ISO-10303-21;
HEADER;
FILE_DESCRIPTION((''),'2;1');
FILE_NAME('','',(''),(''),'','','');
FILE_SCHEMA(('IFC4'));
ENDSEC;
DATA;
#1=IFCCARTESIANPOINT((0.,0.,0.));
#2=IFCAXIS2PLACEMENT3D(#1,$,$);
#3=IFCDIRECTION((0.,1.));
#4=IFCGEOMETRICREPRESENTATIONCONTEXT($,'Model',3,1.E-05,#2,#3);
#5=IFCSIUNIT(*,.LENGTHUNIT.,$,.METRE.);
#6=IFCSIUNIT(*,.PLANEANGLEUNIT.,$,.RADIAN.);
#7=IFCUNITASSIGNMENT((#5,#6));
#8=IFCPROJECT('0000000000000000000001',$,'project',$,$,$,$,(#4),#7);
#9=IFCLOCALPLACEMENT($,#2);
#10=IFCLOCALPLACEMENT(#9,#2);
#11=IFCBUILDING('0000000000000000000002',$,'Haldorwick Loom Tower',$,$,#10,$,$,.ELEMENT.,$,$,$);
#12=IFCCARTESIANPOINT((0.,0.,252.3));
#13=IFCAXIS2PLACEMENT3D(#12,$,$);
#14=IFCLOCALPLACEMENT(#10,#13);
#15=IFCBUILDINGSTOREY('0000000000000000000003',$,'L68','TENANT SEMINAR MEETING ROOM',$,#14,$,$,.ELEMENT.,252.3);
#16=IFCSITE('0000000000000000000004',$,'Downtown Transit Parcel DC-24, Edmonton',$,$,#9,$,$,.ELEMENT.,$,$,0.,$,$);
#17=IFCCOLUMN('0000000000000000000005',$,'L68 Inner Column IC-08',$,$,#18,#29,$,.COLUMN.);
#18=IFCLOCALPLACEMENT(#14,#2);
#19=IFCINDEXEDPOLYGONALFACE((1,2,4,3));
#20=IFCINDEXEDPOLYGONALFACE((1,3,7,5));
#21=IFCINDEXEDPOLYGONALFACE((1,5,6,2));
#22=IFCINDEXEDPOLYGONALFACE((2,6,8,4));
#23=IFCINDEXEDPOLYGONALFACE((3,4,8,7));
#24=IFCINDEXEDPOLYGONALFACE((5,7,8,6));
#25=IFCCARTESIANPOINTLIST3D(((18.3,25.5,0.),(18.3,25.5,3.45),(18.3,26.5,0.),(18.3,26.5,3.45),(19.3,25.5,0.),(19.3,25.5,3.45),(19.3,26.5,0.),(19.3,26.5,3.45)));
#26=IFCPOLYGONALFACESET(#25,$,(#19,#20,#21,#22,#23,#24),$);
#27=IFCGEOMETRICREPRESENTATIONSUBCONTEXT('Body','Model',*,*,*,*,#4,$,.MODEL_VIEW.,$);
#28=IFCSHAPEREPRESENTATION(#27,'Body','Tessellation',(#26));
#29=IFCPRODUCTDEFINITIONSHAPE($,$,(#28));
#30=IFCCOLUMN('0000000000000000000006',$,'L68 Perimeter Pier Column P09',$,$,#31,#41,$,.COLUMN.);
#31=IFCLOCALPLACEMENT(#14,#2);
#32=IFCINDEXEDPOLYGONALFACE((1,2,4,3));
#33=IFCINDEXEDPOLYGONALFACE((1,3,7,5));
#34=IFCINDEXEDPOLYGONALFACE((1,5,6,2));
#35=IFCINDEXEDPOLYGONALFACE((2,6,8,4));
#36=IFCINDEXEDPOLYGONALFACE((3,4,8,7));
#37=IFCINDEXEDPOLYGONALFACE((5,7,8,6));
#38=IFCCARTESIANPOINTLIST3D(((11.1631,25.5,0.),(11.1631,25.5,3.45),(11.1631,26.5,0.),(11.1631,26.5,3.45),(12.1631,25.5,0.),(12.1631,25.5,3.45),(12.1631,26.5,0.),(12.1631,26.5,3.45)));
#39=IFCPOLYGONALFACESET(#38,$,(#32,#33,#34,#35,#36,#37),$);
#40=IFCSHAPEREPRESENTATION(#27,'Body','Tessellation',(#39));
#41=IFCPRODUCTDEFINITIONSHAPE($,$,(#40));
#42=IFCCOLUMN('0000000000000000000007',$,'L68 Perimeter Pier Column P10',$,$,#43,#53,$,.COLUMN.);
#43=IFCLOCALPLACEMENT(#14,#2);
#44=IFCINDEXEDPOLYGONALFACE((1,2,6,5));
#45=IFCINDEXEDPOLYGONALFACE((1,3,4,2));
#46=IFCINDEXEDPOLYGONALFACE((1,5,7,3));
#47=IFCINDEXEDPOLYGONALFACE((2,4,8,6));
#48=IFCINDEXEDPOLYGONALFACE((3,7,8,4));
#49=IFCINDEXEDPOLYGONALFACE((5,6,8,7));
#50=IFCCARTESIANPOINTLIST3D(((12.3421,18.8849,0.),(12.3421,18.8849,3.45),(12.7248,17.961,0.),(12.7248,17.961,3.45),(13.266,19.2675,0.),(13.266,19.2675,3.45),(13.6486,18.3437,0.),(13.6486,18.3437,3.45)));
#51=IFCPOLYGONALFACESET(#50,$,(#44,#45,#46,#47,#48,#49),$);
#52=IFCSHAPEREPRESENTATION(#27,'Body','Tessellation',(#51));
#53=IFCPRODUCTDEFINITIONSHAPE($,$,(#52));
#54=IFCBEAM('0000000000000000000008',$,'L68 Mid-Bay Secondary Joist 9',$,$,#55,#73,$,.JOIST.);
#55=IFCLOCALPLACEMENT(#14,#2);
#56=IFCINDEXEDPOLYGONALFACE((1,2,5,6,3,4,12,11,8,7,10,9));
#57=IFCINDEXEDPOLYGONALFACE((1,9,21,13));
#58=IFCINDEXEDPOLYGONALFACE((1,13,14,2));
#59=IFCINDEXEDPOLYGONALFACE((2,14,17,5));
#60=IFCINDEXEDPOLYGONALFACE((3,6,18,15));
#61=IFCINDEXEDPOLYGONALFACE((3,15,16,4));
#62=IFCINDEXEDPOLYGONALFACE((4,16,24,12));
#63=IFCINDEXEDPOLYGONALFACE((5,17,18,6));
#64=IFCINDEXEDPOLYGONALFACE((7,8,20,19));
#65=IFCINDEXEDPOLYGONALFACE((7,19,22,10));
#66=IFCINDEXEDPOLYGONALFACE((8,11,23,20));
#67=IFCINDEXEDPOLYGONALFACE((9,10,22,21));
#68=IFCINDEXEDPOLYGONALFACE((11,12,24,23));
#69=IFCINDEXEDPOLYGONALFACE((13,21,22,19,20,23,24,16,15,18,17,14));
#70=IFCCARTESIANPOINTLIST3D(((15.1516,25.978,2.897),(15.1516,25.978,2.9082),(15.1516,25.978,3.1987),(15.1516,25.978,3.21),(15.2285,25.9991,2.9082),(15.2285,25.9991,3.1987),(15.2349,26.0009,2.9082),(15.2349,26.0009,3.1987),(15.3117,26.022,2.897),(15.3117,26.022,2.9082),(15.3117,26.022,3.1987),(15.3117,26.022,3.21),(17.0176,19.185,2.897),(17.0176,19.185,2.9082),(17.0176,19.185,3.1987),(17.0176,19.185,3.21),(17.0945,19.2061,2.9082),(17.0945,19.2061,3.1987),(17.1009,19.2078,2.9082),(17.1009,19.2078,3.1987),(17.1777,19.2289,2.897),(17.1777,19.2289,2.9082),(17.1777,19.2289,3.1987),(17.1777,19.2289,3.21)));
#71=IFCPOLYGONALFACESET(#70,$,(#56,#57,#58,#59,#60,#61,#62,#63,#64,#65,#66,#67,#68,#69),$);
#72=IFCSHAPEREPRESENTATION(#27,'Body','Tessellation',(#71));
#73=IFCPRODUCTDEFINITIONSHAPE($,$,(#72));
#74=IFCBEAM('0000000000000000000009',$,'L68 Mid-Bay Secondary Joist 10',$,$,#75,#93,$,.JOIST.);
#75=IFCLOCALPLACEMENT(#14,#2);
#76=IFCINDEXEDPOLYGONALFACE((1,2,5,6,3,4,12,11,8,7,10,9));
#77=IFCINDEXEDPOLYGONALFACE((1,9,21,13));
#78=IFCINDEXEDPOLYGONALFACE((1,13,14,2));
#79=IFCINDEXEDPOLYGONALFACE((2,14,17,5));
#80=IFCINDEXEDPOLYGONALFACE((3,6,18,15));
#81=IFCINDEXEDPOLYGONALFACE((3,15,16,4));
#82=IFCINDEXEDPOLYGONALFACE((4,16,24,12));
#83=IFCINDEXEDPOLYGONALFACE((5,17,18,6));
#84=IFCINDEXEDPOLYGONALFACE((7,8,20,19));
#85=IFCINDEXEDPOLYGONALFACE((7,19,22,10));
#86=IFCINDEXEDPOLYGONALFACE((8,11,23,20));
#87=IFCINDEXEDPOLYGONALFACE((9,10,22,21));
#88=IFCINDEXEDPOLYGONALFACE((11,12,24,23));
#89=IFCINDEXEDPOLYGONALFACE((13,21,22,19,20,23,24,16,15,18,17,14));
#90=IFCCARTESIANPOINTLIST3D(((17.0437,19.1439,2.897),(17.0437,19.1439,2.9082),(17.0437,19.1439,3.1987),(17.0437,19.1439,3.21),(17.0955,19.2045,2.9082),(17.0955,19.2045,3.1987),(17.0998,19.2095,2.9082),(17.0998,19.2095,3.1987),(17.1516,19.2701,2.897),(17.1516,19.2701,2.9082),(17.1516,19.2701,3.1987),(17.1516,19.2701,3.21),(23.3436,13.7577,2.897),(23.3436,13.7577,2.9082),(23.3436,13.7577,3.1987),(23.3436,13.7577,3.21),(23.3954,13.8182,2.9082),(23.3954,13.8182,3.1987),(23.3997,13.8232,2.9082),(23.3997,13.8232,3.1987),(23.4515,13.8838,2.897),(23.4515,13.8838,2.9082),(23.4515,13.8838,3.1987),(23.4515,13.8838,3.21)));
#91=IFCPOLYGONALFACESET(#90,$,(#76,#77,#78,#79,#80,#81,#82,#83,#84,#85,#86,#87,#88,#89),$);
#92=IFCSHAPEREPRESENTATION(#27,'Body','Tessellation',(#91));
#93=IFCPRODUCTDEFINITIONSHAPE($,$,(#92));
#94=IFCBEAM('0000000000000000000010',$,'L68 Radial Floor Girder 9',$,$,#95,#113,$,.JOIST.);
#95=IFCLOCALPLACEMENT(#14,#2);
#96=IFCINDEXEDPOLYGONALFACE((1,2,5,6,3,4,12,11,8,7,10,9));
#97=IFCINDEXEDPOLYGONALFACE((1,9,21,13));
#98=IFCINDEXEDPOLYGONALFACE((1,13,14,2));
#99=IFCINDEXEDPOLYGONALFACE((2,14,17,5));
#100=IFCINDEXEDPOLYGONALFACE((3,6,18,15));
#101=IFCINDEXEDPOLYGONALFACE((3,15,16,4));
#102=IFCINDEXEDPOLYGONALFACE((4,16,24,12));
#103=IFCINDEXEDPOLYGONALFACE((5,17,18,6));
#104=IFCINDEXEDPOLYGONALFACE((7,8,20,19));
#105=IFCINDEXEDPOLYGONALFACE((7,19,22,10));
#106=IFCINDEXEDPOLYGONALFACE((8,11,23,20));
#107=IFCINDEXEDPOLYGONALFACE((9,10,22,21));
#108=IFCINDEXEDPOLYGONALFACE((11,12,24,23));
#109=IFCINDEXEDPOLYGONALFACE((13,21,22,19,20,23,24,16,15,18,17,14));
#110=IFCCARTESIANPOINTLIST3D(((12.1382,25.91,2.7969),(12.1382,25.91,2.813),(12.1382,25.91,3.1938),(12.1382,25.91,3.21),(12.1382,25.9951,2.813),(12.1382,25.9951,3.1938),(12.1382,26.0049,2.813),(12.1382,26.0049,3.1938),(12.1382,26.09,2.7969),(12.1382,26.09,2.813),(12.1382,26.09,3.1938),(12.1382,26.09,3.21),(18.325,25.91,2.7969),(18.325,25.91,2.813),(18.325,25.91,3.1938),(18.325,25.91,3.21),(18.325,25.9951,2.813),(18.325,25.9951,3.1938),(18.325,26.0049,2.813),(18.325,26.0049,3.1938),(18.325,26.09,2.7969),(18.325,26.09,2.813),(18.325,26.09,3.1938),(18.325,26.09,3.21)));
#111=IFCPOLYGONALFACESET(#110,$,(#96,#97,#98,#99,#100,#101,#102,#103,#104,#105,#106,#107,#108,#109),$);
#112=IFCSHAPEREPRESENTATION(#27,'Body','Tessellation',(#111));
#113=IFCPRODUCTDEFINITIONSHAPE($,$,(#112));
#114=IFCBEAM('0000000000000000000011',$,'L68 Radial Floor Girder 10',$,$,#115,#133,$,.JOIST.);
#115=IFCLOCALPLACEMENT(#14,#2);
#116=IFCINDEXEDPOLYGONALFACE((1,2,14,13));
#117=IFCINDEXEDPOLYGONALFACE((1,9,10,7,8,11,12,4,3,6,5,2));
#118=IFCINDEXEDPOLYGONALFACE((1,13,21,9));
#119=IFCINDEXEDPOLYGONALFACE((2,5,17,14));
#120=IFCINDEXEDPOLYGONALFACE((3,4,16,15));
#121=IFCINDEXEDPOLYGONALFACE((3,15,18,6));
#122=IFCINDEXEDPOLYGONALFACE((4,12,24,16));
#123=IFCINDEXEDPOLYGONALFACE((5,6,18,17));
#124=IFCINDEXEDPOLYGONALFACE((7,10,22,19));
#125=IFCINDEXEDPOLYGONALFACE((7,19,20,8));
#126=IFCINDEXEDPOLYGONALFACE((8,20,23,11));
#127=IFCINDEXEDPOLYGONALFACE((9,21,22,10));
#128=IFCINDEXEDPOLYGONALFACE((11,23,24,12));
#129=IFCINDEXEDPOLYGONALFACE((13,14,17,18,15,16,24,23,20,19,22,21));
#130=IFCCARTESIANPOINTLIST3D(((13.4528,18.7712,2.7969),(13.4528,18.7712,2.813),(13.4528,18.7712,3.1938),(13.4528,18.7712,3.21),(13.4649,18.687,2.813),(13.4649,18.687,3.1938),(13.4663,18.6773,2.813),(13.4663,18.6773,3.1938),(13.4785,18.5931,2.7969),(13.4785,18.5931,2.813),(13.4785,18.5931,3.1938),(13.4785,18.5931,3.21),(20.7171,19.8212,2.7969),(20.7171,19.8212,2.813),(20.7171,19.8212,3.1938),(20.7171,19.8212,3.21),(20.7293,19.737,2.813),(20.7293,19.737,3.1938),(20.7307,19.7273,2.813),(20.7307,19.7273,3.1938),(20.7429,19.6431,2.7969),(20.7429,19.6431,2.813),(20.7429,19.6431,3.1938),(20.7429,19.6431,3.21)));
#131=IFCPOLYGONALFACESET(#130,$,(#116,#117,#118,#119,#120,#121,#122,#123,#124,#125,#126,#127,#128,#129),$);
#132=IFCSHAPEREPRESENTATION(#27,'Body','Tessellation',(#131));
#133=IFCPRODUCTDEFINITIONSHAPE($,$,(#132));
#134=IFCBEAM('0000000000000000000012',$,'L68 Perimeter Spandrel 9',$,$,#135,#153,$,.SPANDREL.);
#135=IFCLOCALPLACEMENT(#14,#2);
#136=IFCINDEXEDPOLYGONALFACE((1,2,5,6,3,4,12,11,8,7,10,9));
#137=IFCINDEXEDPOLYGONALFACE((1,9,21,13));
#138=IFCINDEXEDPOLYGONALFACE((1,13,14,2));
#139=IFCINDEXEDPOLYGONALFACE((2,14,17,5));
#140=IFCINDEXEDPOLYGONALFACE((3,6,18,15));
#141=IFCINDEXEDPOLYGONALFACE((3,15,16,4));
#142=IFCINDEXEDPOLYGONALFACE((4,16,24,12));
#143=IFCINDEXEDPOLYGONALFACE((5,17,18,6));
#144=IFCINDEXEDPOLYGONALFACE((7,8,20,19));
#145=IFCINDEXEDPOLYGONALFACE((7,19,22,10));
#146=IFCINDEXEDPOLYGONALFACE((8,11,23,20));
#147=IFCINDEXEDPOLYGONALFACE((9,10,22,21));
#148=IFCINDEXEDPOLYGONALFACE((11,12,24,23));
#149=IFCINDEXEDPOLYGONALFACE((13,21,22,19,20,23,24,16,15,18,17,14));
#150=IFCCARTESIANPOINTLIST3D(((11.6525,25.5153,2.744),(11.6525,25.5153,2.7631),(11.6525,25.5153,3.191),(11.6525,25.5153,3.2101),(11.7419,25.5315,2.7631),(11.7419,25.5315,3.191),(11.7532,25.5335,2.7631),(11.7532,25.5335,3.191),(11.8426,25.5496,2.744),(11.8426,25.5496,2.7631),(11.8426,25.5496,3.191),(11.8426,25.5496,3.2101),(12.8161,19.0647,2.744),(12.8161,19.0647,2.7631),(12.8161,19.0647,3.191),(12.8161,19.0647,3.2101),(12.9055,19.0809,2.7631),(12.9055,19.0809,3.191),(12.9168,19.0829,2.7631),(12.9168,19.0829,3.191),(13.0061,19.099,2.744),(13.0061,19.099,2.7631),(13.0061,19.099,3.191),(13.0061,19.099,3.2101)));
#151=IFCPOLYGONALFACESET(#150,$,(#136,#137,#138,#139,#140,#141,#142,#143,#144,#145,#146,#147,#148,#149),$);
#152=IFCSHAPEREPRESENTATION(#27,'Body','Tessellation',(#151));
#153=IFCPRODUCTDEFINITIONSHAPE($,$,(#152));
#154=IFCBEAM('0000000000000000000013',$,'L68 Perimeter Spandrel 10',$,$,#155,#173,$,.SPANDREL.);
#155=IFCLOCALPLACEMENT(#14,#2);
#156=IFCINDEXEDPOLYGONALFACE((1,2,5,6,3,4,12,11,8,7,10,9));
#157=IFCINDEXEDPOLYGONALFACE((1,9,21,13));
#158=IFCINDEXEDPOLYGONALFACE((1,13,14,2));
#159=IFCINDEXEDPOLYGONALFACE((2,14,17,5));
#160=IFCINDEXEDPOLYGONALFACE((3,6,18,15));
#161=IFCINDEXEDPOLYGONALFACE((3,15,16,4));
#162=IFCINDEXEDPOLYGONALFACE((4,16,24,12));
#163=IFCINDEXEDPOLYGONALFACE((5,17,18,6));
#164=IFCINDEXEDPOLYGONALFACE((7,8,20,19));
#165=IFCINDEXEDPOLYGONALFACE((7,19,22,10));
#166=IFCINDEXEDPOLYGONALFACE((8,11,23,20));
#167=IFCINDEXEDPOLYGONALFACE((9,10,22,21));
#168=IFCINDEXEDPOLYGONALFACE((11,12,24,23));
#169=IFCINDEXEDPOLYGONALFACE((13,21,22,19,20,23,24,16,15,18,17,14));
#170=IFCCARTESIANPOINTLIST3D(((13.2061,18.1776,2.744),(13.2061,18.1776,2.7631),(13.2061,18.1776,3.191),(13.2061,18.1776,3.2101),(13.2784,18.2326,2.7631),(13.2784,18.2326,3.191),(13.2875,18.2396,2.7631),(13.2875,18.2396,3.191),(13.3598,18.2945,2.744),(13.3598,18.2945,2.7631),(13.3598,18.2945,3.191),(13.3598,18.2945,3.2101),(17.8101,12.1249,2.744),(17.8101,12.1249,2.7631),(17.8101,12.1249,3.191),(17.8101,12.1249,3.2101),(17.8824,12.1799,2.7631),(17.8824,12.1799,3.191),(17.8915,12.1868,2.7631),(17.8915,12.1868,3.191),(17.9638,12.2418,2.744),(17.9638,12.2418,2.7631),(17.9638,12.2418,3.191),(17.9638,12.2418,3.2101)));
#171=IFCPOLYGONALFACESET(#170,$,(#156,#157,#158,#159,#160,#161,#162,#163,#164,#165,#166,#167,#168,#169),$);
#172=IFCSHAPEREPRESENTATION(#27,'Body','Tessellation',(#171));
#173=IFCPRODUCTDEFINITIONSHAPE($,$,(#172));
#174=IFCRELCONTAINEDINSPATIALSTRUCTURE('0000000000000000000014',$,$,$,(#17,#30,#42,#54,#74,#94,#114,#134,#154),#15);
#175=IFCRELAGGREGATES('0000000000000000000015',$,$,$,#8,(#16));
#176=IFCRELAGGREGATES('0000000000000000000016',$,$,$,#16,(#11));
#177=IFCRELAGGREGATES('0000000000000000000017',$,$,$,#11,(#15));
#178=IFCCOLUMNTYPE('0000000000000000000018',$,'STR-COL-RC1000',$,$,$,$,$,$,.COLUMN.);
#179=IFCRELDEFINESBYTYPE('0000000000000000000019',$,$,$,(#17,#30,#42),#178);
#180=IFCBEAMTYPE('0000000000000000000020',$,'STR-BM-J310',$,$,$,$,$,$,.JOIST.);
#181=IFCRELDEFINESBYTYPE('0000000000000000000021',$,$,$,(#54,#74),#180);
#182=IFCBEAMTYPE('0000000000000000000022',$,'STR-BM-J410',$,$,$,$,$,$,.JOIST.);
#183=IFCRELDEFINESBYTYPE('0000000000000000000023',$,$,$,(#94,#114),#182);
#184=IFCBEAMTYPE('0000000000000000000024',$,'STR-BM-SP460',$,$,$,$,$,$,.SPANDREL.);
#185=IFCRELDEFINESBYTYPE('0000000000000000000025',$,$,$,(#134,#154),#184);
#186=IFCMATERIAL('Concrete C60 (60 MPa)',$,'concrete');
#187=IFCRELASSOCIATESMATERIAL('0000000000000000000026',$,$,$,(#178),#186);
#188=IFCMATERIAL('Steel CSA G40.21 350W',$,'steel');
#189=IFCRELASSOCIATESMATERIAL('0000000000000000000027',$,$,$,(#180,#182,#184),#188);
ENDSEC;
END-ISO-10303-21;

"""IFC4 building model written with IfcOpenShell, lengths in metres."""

from ifc_helpers import new_model, si_unit, direction, frame, origin, origin_2d, place, context, subcontext, project, spatial, rectangle, i_section, extrude, material, material_profile, profile_set, type_object, element, save


model = new_model("IFC4")

# Units and contexts
model_context = context("Model", 3, precision=1e-05, world=origin(), true_north=direction((0.0, 1.0)))
body_context = subcontext(model_context, "Body", "Model", "MODEL_VIEW")
ifc_project = project(units=[si_unit("LENGTHUNIT", "METRE"), si_unit("PLANEANGLEUNIT", "RADIAN")], contexts=[model_context])

# Site, building, storey
site_placement = place(None, origin())
site = spatial("IfcSite", under=ifc_project, at=site_placement, Name="Downtown Transit Parcel DC-24, Edmonton", CompositionType="ELEMENT", RefElevation=0.0)
building_placement = place(site_placement, origin())
building = spatial("IfcBuilding", under=site, at=building_placement, Name="Haldorwick Loom Tower", CompositionType="ELEMENT")
storey_placement = place(building_placement, frame((0.0, 0.0, 252.3)))
storey = spatial("IfcBuildingStorey", under=building, at=storey_placement, Name="L68", Description="TENANT SEMINAR MEETING ROOM", CompositionType="ELEMENT", Elevation=252.3)

# Columns
ifc_material_1 = material(Name="Concrete C60 (60 MPa)", Category="concrete")
ifc_material_profile_1 = material_profile(ifc_material_1, rectangle(XDim=1.0, YDim=1.0, at=origin_2d()), Name="RC1000X1000", Category="concrete")
ifc_profile_set_1 = profile_set([ifc_material_profile_1], Name="Concrete C60 (60 MPa)")
column_type = type_object("IfcColumnType", Name="STR-COL-RC1000", PredefinedType="COLUMN", material=ifc_profile_set_1)
for number, where, z_axis, x_axis, name in (
    (1, (18.8, 26.0, 0.0), (0.0, 0.0, 1.0), (1.0, 0.0, 0.0), "L68 Inner Column IC-08"),
    (2, (11.6631, 26.0, 0.0), (0.0, 0.0, 1.0), (-1.0, 0.0, 0.0), "L68 Perimeter Pier Column P09"),
    (3, (12.9954, 18.6143, 0.0), (0.0, 0.0, 1.0), (-0.92388, -0.382683, 0.0), "L68 Perimeter Pier Column P10"),
):
    element("IfcColumn", number, at=place(storey_placement, frame(where, z_axis=z_axis, x_axis=x_axis)), inside=storey, type_object=column_type, Name=name, PredefinedType="COLUMN", context=body_context, shape_type="SweptSolid", body=[
        extrude(rectangle(XDim=1.0, YDim=1.0, at=origin_2d()), origin(), (0.0, 0.0, 1.0), 3.45),
    ])

# Beams
ifc_material_2 = material(Name="Steel CSA G40.21 350W", Category="steel")
ifc_material_profile_2 = material_profile(ifc_material_2, i_section(OverallWidth=0.166, OverallDepth=0.313, WebThickness=0.0066, FlangeThickness=0.0112, at=origin_2d()), Name="W310X45", Category="steel")
ifc_profile_set_2 = profile_set([ifc_material_profile_2], Name="Steel CSA G40.21 350W")
beam_type_1 = type_object("IfcBeamType", Name="STR-BM-J310", PredefinedType="JOIST", material=ifc_profile_set_2)
beam_1_placement = place(storey_placement, frame((15.2317, 26.0, 3.0535), z_axis=(0.264879, -0.964282, 0.0), x_axis=(0.964282, 0.264879, 0.0)))
element("IfcBeam", 4, at=beam_1_placement, inside=storey, type_object=beam_type_1, Name="L68 Mid-Bay Secondary Joist 9", PredefinedType="JOIST", context=body_context, shape_type="SweptSolid", body=[
    extrude(i_section(OverallWidth=0.166, OverallDepth=0.313, WebThickness=0.0066, FlangeThickness=0.0112, at=origin_2d()), origin(), (0.0, 0.0, 1.0), 7.0447),
])
beam_2_placement = place(storey_placement, frame((17.0977, 19.207, 3.0535), z_axis=(0.760067, -0.649845, 0.0), x_axis=(0.649845, 0.760067, 0.0)))
element("IfcBeam", 5, at=beam_2_placement, inside=storey, type_object=beam_type_1, Name="L68 Mid-Bay Secondary Joist 10", PredefinedType="JOIST", context=body_context, shape_type="SweptSolid", body=[
    extrude(i_section(OverallWidth=0.166, OverallDepth=0.313, WebThickness=0.0066, FlangeThickness=0.0112, at=origin_2d()), origin(), (0.0, 0.0, 1.0), 8.2886),
])
ifc_material_profile_3 = material_profile(ifc_material_2, i_section(OverallWidth=0.1799, OverallDepth=0.4131, WebThickness=0.0098, FlangeThickness=0.0161, at=origin_2d()), Name="W410X74", Category="steel")
ifc_profile_set_3 = profile_set([ifc_material_profile_3], Name="Steel CSA G40.21 350W")
beam_type_2 = type_object("IfcBeamType", Name="STR-BM-J410", PredefinedType="JOIST", material=ifc_profile_set_3)
beam_3_placement = place(storey_placement, frame((18.325, 26.0, 3.0034), z_axis=(-1.0, 0.0, 0.0), x_axis=(0.0, -1.0, 0.0)))
element("IfcBeam", 6, at=beam_3_placement, inside=storey, type_object=beam_type_2, Name="L68 Radial Floor Girder 9", PredefinedType="JOIST", context=body_context, shape_type="SweptSolid", body=[
    extrude(i_section(OverallWidth=0.1799, OverallDepth=0.4131, WebThickness=0.0098, FlangeThickness=0.0161, at=origin_2d()), origin(), (0.0, 0.0, 1.0), 6.1868),
])
beam_4_placement = place(storey_placement, frame((20.73, 19.7322, 3.0034), z_axis=(-0.989714, -0.14306, 0.0), x_axis=(0.14306, -0.989714, 0.0)))
element("IfcBeam", 7, at=beam_4_placement, inside=storey, type_object=beam_type_2, Name="L68 Radial Floor Girder 10", PredefinedType="JOIST", context=body_context, shape_type="SweptSolid", body=[
    extrude(i_section(OverallWidth=0.1799, OverallDepth=0.4131, WebThickness=0.0098, FlangeThickness=0.0161, at=origin_2d()), origin(), (0.0, 0.0, 1.0), 7.3398),
])
ifc_material_profile_4 = material_profile(ifc_material_2, i_section(OverallWidth=0.1931, OverallDepth=0.4661, WebThickness=0.0115, FlangeThickness=0.019, at=origin_2d()), Name="W460X97", Category="steel")
ifc_profile_set_4 = profile_set([ifc_material_profile_4], Name="Steel CSA G40.21 350W")
beam_type_3 = type_object("IfcBeamType", Name="STR-BM-SP460", PredefinedType="SPANDREL", material=ifc_profile_set_4)
beam_5_placement = place(storey_placement, frame((11.7476, 25.5325, 2.9771), z_axis=(0.177515, -0.984118, 0.0), x_axis=(0.984118, 0.177515, 0.0)))
element("IfcBeam", 8, at=beam_5_placement, inside=storey, type_object=beam_type_3, Name="L68 Perimeter Spandrel 9", PredefinedType="SPANDREL", context=body_context, shape_type="SweptSolid", body=[
    extrude(i_section(OverallWidth=0.1931, OverallDepth=0.4661, WebThickness=0.0115, FlangeThickness=0.019, at=origin_2d()), origin(), (0.0, 0.0, 1.0), 6.5547),
])
beam_6_placement = place(storey_placement, frame((13.283, 18.2361, 2.9771), z_axis=(0.60541, -0.795913, 0.0), x_axis=(0.795913, 0.60541, 0.0)))
element("IfcBeam", 9, at=beam_6_placement, inside=storey, type_object=beam_type_3, Name="L68 Perimeter Spandrel 10", PredefinedType="SPANDREL", context=body_context, shape_type="SweptSolid", body=[
    extrude(i_section(OverallWidth=0.1931, OverallDepth=0.4661, WebThickness=0.0115, FlangeThickness=0.019, at=origin_2d()), origin(), (0.0, 0.0, 1.0), 7.6047),
])

save(model, "model.ifc")
